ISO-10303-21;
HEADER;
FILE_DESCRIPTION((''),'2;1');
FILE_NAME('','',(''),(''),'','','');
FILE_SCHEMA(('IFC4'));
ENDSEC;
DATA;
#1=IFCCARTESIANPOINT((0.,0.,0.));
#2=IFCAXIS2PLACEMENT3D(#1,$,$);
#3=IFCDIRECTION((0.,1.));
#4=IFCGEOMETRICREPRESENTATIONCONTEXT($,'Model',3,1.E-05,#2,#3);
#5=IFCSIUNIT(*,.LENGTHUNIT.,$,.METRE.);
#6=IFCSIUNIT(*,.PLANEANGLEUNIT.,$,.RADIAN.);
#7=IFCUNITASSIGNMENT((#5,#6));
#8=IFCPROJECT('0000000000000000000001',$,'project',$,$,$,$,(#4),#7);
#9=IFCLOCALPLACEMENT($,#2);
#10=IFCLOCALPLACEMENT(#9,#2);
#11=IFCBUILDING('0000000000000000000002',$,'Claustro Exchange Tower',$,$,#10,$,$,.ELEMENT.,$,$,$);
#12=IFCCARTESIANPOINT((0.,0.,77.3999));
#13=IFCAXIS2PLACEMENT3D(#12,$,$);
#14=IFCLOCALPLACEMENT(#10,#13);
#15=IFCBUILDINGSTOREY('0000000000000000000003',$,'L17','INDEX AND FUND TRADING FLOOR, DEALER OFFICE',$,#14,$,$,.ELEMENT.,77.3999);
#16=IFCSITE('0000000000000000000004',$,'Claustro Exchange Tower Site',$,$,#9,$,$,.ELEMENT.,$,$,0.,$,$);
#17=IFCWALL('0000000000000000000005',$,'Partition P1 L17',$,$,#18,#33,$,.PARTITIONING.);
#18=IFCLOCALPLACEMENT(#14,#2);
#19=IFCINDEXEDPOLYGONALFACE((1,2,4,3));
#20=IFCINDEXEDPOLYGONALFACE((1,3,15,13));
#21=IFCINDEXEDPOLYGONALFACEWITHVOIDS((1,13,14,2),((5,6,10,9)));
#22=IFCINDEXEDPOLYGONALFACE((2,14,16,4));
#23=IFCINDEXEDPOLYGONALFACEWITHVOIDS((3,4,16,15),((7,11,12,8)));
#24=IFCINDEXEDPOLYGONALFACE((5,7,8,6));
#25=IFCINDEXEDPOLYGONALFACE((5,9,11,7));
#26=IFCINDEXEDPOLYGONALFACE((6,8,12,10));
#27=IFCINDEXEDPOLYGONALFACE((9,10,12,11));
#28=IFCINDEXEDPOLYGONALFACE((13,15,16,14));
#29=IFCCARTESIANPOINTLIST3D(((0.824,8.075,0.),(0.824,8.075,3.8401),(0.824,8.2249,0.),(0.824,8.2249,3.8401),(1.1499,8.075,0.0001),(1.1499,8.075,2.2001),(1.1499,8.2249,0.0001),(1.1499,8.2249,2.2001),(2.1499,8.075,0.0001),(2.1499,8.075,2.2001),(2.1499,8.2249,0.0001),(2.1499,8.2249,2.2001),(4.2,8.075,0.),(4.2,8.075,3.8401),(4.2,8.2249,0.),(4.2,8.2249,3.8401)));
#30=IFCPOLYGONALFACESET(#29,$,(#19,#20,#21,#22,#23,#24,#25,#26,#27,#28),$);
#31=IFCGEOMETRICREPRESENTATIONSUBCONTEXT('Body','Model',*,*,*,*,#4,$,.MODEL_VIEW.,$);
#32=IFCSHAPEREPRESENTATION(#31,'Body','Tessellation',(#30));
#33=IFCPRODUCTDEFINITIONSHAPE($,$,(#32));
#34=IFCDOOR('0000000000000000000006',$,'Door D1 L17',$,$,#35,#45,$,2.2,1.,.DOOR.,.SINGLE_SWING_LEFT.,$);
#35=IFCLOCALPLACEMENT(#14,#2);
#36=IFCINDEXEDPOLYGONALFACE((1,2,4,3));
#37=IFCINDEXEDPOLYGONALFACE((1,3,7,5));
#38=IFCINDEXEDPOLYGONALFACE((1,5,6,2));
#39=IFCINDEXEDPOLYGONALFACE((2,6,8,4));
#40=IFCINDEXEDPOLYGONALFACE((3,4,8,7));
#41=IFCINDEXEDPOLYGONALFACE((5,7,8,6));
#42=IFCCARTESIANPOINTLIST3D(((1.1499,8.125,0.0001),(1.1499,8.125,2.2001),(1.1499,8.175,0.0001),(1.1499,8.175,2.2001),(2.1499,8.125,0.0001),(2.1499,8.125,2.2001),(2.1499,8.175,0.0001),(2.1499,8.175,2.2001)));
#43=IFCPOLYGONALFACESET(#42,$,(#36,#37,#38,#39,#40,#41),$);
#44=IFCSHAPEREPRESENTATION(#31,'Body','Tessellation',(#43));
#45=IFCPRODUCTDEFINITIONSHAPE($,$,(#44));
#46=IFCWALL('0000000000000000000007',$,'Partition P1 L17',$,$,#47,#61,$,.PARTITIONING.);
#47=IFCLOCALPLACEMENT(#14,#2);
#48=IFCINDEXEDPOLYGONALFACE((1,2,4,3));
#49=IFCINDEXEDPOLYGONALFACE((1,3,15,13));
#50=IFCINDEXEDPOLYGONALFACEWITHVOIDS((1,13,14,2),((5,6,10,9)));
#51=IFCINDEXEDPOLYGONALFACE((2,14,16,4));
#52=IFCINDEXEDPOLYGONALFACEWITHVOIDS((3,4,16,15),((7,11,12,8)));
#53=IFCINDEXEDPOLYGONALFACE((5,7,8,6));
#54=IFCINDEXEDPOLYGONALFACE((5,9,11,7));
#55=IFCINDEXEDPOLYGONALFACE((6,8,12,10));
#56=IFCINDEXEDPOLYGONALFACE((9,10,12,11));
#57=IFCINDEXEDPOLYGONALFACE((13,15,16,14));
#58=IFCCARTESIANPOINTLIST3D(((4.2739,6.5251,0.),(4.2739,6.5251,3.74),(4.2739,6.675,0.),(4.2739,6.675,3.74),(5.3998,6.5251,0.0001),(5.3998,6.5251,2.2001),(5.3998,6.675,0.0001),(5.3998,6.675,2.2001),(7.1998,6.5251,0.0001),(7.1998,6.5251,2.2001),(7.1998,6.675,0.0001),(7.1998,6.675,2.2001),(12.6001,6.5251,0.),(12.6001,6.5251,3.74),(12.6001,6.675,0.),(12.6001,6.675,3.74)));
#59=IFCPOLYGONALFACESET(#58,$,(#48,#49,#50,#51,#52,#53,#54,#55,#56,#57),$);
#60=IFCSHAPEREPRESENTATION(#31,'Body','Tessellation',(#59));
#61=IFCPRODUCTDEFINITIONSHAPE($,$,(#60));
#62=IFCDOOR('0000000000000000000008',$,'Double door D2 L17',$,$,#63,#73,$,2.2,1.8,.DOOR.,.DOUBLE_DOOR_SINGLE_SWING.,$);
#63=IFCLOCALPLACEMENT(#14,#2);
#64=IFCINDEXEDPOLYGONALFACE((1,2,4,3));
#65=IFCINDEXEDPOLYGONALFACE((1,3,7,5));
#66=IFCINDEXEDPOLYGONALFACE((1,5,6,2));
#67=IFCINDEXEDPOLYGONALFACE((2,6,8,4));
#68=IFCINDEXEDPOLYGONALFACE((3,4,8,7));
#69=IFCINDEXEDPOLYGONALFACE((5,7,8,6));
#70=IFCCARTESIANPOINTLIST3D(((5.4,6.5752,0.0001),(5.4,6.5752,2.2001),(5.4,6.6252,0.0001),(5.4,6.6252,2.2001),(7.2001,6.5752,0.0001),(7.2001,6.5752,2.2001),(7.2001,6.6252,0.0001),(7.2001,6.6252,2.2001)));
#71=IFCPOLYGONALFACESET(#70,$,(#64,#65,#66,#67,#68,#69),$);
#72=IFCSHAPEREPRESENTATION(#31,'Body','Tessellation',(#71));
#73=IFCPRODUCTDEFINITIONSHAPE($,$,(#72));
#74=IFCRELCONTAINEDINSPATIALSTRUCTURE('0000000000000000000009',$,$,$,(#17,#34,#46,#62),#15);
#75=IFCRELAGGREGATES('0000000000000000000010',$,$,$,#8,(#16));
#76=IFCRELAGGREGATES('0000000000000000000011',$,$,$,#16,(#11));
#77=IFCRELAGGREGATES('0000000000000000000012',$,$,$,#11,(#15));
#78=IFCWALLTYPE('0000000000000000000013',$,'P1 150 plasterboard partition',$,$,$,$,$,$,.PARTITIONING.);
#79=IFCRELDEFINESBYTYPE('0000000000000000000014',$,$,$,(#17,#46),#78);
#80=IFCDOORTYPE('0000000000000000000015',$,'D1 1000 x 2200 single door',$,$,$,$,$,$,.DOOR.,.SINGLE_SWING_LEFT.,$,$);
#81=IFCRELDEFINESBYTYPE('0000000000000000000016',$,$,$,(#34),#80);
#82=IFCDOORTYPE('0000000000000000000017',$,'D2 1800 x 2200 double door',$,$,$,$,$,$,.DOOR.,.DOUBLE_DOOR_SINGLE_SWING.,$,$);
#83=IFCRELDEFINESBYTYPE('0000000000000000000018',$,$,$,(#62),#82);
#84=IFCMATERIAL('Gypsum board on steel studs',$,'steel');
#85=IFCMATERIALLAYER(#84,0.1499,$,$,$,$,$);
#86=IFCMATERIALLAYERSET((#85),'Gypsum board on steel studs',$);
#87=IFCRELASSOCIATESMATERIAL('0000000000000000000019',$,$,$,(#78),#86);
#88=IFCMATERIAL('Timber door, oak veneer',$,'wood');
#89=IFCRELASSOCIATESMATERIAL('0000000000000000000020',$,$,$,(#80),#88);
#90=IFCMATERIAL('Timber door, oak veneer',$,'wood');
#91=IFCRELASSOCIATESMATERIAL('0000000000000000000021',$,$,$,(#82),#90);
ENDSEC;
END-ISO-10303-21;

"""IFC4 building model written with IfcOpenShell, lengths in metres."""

from ifc_helpers import new_model, si_unit, direction, frame, frame_2d, origin, place, context, subcontext, project, spatial, rectangle, extrude, material, layer, layer_set, type_object, element, fill, save


model = new_model("IFC4")

# Units and contexts
model_context = context("Model", 3, precision=1e-05, world=origin(), true_north=direction((0.0, 1.0)))
body_context = subcontext(model_context, "Body", "Model", "MODEL_VIEW")
ifc_project = project(units=[si_unit("LENGTHUNIT", "METRE"), si_unit("PLANEANGLEUNIT", "RADIAN")], contexts=[model_context])

# Site, building, storey
site_placement = place(None, origin())
site = spatial("IfcSite", under=ifc_project, at=site_placement, Name="Claustro Exchange Tower Site", CompositionType="ELEMENT", RefElevation=0.0)
building_placement = place(site_placement, origin())
building = spatial("IfcBuilding", under=site, at=building_placement, Name="Claustro Exchange Tower", CompositionType="ELEMENT")
storey_placement = place(building_placement, frame((0.0, 0.0, 77.3999)))
storey = spatial("IfcBuildingStorey", under=building, at=storey_placement, Name="L17", Description="INDEX AND FUND TRADING FLOOR, DEALER OFFICE", CompositionType="ELEMENT", Elevation=77.3999)

# Walls, openings, doors
ifc_material_1 = material(Name="Gypsum board on steel studs", Category="steel")
ifc_layer_1 = layer(ifc_material_1, 0.1499)
ifc_layer_set_1 = layer_set([ifc_layer_1], Name="Gypsum board on steel studs")
wall_type_1 = type_object("IfcWallType", Name="P1 150 plasterboard partition", PredefinedType="PARTITIONING", material=ifc_layer_set_1)
wall_1_placement = place(storey_placement, frame((0.824, 8.1499, 0.0), z_axis=(0.0, 0.0, 1.0), x_axis=(1.0, 0.0, 0.0)))
wall_1 = element("IfcWall", 1, at=wall_1_placement, inside=storey, type_object=wall_type_1, Name="Partition P1 L17", PredefinedType="PARTITIONING", context=body_context, shape_type="SweptSolid", body=[
    extrude(rectangle(XDim=3.376, YDim=0.1499, at=frame_2d((1.688, 0.0))), origin(), (0.0, 0.0, 1.0), 3.8401),
])
opening_1_placement = place(wall_1_placement, frame((0.3259, 0.0, 0.0)))
opening_1 = element("IfcOpeningElement", 2, at=opening_1_placement, cuts=wall_1, PredefinedType="OPENING", context=body_context, shape_type="SweptSolid", body=[
    extrude(rectangle(XDim=1.0, YDim=2.2, at=frame_2d((0.5, 1.1001))), frame((0.0, 0.085, 0.0), z_axis=(0.0, -1.0, 0.0), x_axis=(1.0, 0.0, 0.0)), (0.0, 0.0, 1.0), 0.1699),
])
ifc_material_2 = material(Name="Timber door, oak veneer", Category="wood")
door_type_1 = type_object("IfcDoorType", Name="D1 1000 x 2200 single door", OperationType="SINGLE_SWING_LEFT", PredefinedType="DOOR", material=ifc_material_2)
door_1_placement = place(opening_1_placement, frame((1.0, 0.0, 0.0), z_axis=(0.0, 0.0, 1.0), x_axis=(-1.0, 0.0, 0.0)))
door_1 = element("IfcDoor", 3, at=door_1_placement, inside=storey, type_object=door_type_1, Name="Door D1 L17", OperationType="SINGLE_SWING_LEFT", OverallHeight=2.2, OverallWidth=1.0, PredefinedType="DOOR", context=body_context, shape_type="SweptSolid", body=[
    extrude(rectangle(XDim=1.0, YDim=2.2, at=frame_2d((0.5, 1.1001))), frame((0.0, 0.0249, 0.0), z_axis=(0.0, -1.0, 0.0), x_axis=(1.0, 0.0, 0.0)), (0.0, 0.0, 1.0), 0.05),
])
fill(opening_1, door_1)
wall_2_placement = place(storey_placement, frame((4.2739, 6.6001, 0.0), z_axis=(0.0, 0.0, 1.0), x_axis=(1.0, 0.0, 0.0)))
wall_2 = element("IfcWall", 4, at=wall_2_placement, inside=storey, type_object=wall_type_1, Name="Partition P1 L17", PredefinedType="PARTITIONING", context=body_context, shape_type="SweptSolid", body=[
    extrude(rectangle(XDim=8.3262, YDim=0.1499, at=frame_2d((4.1631, 0.0))), origin(), (0.0, 0.0, 1.0), 3.74),
])
opening_2_placement = place(wall_2_placement, frame((1.126, 0.0, 0.0)))
opening_2 = element("IfcOpeningElement", 5, at=opening_2_placement, cuts=wall_2, PredefinedType="OPENING", context=body_context, shape_type="SweptSolid", body=[
    extrude(rectangle(XDim=1.8, YDim=2.2, at=frame_2d((0.8999, 1.1001))), frame((0.0, 0.085, 0.0), z_axis=(0.0, -1.0, 0.0), x_axis=(1.0, 0.0, 0.0)), (0.0, 0.0, 1.0), 0.1699),
])
ifc_material_3 = material(Name="Timber door, oak veneer", Category="wood")
door_type_2 = type_object("IfcDoorType", Name="D2 1800 x 2200 double door", OperationType="DOUBLE_DOOR_SINGLE_SWING", PredefinedType="DOOR", material=ifc_material_3)
door_2_placement = place(opening_2_placement, frame((1.8, 0.0, 0.0), z_axis=(0.0, 0.0, 1.0), x_axis=(-1.0, 0.0, 0.0)))
door_2 = element("IfcDoor", 6, at=door_2_placement, inside=storey, type_object=door_type_2, Name="Double door D2 L17", OperationType="DOUBLE_DOOR_SINGLE_SWING", OverallHeight=2.2, OverallWidth=1.8, PredefinedType="DOOR", context=body_context, shape_type="SweptSolid", body=[
    extrude(rectangle(XDim=1.8, YDim=2.2, at=frame_2d((0.8999, 1.1001))), frame((0.0, 0.0249, 0.0), z_axis=(0.0, -1.0, 0.0), x_axis=(1.0, 0.0, 0.0)), (0.0, 0.0, 1.0), 0.05),
])
fill(opening_2, door_2)

save(model, "model.ifc")
